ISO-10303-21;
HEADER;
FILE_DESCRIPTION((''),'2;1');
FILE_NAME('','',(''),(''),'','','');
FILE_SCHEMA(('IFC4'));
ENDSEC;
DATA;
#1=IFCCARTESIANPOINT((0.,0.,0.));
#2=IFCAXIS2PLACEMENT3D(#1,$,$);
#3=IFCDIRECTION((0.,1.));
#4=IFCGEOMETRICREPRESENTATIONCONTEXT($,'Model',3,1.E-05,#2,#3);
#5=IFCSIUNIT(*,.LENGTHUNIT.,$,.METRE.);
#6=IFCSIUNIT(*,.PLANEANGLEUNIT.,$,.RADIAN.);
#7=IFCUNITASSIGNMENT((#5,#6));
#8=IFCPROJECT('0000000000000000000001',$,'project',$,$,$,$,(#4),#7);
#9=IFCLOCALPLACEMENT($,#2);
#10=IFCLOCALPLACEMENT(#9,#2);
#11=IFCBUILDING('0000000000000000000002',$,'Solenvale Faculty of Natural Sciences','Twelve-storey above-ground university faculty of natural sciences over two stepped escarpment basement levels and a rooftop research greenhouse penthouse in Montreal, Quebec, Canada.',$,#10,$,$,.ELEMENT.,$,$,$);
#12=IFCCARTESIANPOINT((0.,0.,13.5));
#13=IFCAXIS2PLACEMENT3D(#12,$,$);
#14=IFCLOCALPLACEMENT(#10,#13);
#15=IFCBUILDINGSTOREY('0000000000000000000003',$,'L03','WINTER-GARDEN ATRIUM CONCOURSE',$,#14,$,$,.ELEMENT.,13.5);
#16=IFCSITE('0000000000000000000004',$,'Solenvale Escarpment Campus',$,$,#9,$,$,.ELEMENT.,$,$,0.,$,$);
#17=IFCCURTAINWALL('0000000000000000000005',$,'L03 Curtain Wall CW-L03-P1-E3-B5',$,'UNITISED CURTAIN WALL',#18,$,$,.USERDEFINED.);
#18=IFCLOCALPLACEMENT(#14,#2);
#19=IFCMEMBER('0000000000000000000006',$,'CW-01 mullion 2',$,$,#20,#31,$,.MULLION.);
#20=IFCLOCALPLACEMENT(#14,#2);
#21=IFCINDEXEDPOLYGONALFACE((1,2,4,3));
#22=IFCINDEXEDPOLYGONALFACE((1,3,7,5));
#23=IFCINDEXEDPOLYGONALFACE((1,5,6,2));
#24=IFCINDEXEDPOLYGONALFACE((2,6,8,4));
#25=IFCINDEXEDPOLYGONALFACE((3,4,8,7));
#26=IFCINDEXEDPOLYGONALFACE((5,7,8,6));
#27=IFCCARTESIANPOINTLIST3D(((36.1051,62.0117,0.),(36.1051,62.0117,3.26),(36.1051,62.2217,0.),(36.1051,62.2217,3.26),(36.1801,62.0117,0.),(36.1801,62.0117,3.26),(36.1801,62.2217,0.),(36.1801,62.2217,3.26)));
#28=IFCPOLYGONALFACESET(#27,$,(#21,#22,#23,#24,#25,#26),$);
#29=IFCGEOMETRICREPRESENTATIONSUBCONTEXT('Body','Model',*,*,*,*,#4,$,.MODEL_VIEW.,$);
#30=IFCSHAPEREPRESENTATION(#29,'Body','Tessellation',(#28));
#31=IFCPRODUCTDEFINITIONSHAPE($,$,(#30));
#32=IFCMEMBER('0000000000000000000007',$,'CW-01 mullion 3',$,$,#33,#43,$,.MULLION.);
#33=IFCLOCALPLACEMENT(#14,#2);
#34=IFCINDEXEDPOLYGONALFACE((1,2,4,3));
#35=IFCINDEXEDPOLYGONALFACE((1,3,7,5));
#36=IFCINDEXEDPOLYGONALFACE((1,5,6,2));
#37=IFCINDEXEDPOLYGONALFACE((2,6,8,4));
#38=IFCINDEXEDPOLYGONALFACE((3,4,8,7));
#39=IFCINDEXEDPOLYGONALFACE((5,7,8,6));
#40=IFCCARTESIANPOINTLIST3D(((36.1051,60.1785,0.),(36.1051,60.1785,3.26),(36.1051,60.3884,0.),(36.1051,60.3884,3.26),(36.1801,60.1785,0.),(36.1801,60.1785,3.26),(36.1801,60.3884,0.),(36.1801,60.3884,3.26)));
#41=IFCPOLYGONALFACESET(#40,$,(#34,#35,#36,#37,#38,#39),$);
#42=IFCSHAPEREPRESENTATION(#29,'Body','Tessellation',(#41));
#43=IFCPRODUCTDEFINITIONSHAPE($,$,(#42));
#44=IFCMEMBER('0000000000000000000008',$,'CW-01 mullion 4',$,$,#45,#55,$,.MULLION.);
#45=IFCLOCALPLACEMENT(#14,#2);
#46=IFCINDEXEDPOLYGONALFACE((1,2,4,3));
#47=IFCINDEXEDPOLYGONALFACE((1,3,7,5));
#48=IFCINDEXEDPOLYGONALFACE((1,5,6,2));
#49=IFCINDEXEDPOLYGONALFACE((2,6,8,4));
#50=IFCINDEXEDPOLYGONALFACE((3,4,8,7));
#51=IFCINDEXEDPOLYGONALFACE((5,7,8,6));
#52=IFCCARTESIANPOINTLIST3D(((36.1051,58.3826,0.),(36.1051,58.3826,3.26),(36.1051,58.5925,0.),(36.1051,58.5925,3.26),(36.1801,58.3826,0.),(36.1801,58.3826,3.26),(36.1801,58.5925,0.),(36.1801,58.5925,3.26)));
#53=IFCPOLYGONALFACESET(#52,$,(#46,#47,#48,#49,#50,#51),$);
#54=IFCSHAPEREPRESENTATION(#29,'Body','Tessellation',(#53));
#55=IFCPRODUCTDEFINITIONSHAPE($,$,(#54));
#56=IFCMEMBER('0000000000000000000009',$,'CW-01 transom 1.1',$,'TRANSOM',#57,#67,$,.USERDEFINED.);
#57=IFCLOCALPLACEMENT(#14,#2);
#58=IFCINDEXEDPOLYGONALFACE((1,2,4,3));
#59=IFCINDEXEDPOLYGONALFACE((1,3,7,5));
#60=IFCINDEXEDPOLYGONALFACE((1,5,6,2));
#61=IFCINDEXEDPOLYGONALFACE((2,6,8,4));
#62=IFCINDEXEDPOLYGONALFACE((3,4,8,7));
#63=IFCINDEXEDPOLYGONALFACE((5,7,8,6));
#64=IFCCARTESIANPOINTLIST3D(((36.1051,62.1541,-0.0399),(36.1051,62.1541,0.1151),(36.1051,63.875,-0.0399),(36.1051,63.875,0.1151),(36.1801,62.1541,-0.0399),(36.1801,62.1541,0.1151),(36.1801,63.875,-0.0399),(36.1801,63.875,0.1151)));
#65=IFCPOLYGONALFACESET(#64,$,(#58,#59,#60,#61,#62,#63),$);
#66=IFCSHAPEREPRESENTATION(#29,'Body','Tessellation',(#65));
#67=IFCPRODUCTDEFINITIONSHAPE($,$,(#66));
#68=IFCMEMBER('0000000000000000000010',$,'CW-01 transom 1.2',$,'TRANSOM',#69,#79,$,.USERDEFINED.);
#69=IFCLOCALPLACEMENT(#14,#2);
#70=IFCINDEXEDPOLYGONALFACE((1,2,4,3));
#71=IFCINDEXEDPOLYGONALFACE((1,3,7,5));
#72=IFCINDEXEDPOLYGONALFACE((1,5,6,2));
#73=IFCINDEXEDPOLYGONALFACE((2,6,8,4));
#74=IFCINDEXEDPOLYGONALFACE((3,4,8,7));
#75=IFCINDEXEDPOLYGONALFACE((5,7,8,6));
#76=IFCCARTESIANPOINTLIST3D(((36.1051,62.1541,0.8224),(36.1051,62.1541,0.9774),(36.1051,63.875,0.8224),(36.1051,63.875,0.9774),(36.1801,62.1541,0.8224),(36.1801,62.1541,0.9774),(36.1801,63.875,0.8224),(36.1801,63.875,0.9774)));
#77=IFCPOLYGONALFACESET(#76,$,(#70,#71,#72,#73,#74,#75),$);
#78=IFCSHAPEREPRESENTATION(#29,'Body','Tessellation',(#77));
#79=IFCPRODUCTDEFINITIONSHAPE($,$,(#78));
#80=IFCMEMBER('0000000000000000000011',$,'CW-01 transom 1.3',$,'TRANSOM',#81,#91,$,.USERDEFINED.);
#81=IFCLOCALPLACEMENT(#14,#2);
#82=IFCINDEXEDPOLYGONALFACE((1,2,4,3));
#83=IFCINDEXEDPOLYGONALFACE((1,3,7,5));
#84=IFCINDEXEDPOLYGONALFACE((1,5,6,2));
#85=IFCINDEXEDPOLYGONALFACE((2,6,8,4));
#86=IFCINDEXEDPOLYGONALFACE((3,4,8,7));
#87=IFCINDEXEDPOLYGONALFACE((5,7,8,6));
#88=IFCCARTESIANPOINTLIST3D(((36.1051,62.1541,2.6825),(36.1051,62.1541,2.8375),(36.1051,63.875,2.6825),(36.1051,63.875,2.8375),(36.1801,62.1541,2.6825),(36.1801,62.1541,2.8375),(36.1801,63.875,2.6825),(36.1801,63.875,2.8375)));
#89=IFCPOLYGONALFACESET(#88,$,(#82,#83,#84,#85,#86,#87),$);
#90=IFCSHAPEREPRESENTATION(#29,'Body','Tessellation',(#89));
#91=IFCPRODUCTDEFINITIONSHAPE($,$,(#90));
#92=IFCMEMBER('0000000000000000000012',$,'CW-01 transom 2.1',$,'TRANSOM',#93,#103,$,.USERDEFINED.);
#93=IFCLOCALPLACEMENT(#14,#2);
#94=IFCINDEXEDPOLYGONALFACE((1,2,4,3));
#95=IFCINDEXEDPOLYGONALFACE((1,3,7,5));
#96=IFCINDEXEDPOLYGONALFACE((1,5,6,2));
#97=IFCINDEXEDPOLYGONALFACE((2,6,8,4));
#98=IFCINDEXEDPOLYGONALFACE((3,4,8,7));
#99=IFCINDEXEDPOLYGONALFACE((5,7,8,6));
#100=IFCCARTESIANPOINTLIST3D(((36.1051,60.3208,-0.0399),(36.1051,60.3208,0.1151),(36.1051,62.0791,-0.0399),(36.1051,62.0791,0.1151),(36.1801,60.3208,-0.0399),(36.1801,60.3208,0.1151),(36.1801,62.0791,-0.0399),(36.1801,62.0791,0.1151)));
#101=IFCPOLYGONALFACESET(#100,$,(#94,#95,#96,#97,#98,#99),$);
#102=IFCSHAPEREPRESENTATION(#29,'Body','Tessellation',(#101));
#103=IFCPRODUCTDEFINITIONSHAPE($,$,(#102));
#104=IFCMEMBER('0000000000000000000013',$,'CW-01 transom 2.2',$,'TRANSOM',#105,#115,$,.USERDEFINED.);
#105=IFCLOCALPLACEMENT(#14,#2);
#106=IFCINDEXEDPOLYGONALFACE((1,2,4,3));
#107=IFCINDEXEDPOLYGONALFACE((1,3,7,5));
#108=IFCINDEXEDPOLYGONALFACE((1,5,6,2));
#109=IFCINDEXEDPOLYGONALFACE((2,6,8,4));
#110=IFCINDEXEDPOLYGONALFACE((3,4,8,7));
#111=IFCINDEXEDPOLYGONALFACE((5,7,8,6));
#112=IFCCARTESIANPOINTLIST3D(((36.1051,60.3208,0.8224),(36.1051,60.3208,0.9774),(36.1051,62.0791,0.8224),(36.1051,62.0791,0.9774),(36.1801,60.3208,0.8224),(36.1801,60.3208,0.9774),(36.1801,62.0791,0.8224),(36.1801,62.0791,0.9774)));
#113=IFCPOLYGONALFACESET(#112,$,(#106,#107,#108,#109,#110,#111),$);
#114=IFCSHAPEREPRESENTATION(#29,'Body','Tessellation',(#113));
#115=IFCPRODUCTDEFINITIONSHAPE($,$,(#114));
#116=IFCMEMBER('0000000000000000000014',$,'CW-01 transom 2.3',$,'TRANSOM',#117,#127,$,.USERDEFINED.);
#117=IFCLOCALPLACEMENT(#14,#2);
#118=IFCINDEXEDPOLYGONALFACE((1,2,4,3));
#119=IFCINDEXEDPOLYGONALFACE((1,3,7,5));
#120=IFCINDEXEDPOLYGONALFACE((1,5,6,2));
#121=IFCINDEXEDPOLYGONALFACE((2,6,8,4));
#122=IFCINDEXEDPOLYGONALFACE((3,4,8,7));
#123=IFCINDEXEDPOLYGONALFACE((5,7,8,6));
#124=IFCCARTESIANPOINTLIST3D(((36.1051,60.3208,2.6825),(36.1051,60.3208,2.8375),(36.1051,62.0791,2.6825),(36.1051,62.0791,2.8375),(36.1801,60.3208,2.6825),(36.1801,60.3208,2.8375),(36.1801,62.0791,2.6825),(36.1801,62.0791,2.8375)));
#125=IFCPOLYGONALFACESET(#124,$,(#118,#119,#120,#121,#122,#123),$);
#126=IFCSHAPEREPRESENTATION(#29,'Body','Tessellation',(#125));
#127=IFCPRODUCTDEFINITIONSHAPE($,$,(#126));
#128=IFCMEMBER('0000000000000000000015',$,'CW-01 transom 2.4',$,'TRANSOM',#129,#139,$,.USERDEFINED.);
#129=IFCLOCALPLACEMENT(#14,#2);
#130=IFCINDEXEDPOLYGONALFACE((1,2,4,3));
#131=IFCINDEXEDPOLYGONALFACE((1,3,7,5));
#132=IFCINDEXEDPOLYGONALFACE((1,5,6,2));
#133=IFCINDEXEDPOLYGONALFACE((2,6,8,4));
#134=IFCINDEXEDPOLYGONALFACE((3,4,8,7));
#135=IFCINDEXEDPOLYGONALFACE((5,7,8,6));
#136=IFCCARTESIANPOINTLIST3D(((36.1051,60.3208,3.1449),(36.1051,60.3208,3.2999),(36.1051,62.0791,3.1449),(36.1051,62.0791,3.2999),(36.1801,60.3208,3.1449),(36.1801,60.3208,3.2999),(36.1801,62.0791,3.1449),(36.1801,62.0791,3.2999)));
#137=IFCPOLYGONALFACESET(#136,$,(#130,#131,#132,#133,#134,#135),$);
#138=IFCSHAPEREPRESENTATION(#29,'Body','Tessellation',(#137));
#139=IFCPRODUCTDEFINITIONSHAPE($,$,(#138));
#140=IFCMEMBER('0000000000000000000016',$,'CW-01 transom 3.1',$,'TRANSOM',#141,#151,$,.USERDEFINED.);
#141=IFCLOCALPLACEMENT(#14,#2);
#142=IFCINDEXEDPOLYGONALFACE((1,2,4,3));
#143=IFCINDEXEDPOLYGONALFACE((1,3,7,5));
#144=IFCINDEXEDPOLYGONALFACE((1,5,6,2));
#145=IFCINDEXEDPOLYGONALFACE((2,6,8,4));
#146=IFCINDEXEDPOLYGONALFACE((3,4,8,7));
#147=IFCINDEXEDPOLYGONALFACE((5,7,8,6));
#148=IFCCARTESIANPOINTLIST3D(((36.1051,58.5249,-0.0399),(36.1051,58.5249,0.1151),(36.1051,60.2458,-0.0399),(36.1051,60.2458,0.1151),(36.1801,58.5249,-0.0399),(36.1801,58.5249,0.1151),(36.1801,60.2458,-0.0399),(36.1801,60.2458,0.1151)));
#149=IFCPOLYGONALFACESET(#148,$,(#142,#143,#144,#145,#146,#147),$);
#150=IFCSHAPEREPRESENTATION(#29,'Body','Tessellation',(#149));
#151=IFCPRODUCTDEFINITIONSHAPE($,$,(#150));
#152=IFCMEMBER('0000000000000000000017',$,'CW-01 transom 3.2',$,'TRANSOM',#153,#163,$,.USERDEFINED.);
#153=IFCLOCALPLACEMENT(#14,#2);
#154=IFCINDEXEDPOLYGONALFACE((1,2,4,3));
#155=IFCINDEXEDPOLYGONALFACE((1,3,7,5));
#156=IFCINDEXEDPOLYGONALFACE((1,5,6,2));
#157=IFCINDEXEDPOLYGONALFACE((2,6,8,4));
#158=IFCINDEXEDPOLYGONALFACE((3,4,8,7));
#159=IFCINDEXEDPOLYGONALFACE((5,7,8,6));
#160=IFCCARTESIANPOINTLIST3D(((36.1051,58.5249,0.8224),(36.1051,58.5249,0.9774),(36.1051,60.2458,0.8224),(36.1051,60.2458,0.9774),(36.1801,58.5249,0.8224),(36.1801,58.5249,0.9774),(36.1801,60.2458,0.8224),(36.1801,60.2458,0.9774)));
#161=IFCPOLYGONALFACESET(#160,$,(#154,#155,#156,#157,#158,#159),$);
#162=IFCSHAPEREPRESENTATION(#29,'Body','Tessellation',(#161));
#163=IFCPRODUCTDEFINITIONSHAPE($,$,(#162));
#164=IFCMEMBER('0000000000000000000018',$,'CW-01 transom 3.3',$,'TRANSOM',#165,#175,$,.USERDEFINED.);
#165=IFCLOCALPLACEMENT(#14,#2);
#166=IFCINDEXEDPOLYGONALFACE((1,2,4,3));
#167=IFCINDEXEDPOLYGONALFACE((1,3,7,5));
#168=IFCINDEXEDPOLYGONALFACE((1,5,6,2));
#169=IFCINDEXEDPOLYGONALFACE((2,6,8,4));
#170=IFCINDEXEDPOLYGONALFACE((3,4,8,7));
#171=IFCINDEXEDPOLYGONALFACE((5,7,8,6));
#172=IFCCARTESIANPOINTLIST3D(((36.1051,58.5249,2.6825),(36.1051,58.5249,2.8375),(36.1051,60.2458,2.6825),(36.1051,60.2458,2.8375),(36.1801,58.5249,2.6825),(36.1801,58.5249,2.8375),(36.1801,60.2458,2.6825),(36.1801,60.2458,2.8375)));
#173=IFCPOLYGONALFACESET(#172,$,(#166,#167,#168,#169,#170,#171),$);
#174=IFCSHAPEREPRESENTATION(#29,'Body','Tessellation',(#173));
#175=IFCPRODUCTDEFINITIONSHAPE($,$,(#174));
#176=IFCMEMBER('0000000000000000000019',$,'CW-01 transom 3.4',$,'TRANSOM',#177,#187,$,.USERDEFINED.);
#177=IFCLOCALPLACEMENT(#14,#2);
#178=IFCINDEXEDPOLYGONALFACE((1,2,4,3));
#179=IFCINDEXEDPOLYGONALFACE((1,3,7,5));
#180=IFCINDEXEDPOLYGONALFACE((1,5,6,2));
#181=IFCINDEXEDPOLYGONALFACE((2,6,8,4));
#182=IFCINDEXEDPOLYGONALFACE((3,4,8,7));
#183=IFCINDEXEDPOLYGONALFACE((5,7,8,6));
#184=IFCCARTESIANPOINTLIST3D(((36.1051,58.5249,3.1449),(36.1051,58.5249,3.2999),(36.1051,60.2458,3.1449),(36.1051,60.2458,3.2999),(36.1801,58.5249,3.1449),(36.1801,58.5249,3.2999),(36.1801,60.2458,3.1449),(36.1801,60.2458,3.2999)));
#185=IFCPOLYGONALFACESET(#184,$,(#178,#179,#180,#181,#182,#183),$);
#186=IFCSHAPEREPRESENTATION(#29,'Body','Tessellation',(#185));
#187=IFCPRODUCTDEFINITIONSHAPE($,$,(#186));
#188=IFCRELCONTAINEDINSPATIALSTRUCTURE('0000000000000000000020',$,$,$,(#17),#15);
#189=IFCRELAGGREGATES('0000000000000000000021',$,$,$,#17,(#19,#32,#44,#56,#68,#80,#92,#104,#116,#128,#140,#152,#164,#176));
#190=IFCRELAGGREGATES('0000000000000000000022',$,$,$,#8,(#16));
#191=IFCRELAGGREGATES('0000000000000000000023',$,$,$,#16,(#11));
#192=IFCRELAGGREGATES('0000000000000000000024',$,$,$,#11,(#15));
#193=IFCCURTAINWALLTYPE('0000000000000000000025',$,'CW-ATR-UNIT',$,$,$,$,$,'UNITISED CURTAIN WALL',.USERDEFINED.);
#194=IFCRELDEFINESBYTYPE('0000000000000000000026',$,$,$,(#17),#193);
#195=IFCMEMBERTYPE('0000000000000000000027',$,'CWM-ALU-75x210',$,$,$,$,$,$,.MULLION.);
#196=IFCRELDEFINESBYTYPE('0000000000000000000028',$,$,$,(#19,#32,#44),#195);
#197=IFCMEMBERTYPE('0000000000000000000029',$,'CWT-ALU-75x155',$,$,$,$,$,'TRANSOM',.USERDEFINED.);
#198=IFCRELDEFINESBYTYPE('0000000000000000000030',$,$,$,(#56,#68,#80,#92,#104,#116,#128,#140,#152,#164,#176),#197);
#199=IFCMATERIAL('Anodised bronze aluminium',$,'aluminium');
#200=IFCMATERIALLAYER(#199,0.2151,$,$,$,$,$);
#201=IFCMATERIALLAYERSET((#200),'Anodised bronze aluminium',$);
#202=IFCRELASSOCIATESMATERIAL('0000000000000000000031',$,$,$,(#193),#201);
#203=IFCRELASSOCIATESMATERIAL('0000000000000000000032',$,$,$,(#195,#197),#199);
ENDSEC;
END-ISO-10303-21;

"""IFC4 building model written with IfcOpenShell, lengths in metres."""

from ifc_helpers import new_model, si_unit, direction, frame, origin, origin_2d, place, context, subcontext, project, spatial, rectangle, extrude, material, layer, layer_set, material_profile, profile_set, type_object, element, aggregate, save


model = new_model("IFC4")

# Units and contexts
model_context = context("Model", 3, precision=1e-05, world=origin(), true_north=direction((0.0, 1.0)))
body_context = subcontext(model_context, "Body", "Model", "MODEL_VIEW")
ifc_project = project(units=[si_unit("LENGTHUNIT", "METRE"), si_unit("PLANEANGLEUNIT", "RADIAN")], contexts=[model_context])

# Site, building, storey
site_placement = place(None, origin())
site = spatial("IfcSite", under=ifc_project, at=site_placement, Name="Solenvale Escarpment Campus", CompositionType="ELEMENT", RefElevation=0.0)
building_placement = place(site_placement, origin())
building = spatial("IfcBuilding", under=site, at=building_placement, Name="Solenvale Faculty of Natural Sciences", Description="Twelve-storey above-ground university faculty of natural sciences over two stepped escarpment basement levels and a rooftop research greenhouse penthouse in Montreal, Quebec, Canada.", CompositionType="ELEMENT")
storey_placement = place(building_placement, frame((0.0, 0.0, 13.5)))
storey = spatial("IfcBuildingStorey", under=building, at=storey_placement, Name="L03", Description="WINTER-GARDEN ATRIUM CONCOURSE", CompositionType="ELEMENT", Elevation=13.5)

# Curtain wall, members
ifc_material_1 = material(Name="Anodised bronze aluminium", Category="aluminium")
ifc_layer_1 = layer(ifc_material_1, 0.2151)
ifc_layer_set_1 = layer_set([ifc_layer_1], Name="Anodised bronze aluminium")
curtain_wall_type = type_object("IfcCurtainWallType", Name="CW-ATR-UNIT", ElementType="UNITISED CURTAIN WALL", PredefinedType="USERDEFINED", material=ifc_layer_set_1)
curtain_wall_placement = place(storey_placement, origin())
curtain_wall = element("IfcCurtainWall", 1, at=curtain_wall_placement, inside=storey, type_object=curtain_wall_type, Name="L03 Curtain Wall CW-L03-P1-E3-B5", ObjectType="UNITISED CURTAIN WALL", PredefinedType="USERDEFINED")
ifc_material_profile_1 = material_profile(ifc_material_1, rectangle(XDim=0.075, YDim=0.21, at=origin_2d()), Name="ALU-MUL-75x210")
ifc_profile_set_1 = profile_set([ifc_material_profile_1], Name="Anodised bronze aluminium")
member_type_1 = type_object("IfcMemberType", Name="CWM-ALU-75x210", PredefinedType="MULLION", material=ifc_profile_set_1)
member_1_placement = place(storey_placement, frame((36.1426, 62.1167, 0.0), z_axis=(0.0, 0.0, 1.0), x_axis=(1.0, 0.0, 0.0)))
member_1 = element("IfcMember", 2, at=member_1_placement, type_object=member_type_1, Name="CW-01 mullion 2", PredefinedType="MULLION", context=body_context, shape_type="SweptSolid", body=[
    extrude(rectangle(XDim=0.075, YDim=0.21, at=origin_2d()), origin(), (0.0, 0.0, 1.0), 3.26),
])
member_2_placement = place(storey_placement, frame((36.1426, 60.2834, 0.0), z_axis=(0.0, 0.0, 1.0), x_axis=(1.0, 0.0, 0.0)))
member_2 = element("IfcMember", 3, at=member_2_placement, type_object=member_type_1, Name="CW-01 mullion 3", PredefinedType="MULLION", context=body_context, shape_type="SweptSolid", body=[
    extrude(rectangle(XDim=0.075, YDim=0.21, at=origin_2d()), origin(), (0.0, 0.0, 1.0), 3.26),
])
member_3_placement = place(storey_placement, frame((36.1426, 58.4875, 0.0), z_axis=(0.0, 0.0, 1.0), x_axis=(1.0, 0.0, 0.0)))
member_3 = element("IfcMember", 4, at=member_3_placement, type_object=member_type_1, Name="CW-01 mullion 4", PredefinedType="MULLION", context=body_context, shape_type="SweptSolid", body=[
    extrude(rectangle(XDim=0.075, YDim=0.21, at=origin_2d()), origin(), (0.0, 0.0, 1.0), 3.26),
])
ifc_material_profile_2 = material_profile(ifc_material_1, rectangle(XDim=0.075, YDim=0.155, at=origin_2d()), Name="ALU-TRN-75x155")
ifc_profile_set_2 = profile_set([ifc_material_profile_2], Name="Anodised bronze aluminium")
member_type_2 = type_object("IfcMemberType", Name="CWT-ALU-75x155", ElementType="TRANSOM", PredefinedType="USERDEFINED", material=ifc_profile_set_2)
member_4_placement = place(storey_placement, frame((36.1426, 63.875, 0.0376), z_axis=(0.0, -1.0, 0.0), x_axis=(1.0, 0.0, 0.0)))
member_4 = element("IfcMember", 5, at=member_4_placement, type_object=member_type_2, Name="CW-01 transom 1.1", ObjectType="TRANSOM", PredefinedType="USERDEFINED", context=body_context, shape_type="SweptSolid", body=[
    extrude(rectangle(XDim=0.075, YDim=0.155, at=origin_2d()), origin(), (0.0, 0.0, 1.0), 1.7209),
])
member_5_placement = place(storey_placement, frame((36.1426, 63.875, 0.8999), z_axis=(0.0, -1.0, 0.0), x_axis=(1.0, 0.0, 0.0)))
member_5 = element("IfcMember", 6, at=member_5_placement, type_object=member_type_2, Name="CW-01 transom 1.2", ObjectType="TRANSOM", PredefinedType="USERDEFINED", context=body_context, shape_type="SweptSolid", body=[
    extrude(rectangle(XDim=0.075, YDim=0.155, at=origin_2d()), origin(), (0.0, 0.0, 1.0), 1.7209),
])
member_6_placement = place(storey_placement, frame((36.1426, 63.875, 2.76), z_axis=(0.0, -1.0, 0.0), x_axis=(1.0, 0.0, 0.0)))
member_6 = element("IfcMember", 7, at=member_6_placement, type_object=member_type_2, Name="CW-01 transom 1.3", ObjectType="TRANSOM", PredefinedType="USERDEFINED", context=body_context, shape_type="SweptSolid", body=[
    extrude(rectangle(XDim=0.075, YDim=0.155, at=origin_2d()), origin(), (0.0, 0.0, 1.0), 1.7209),
])
member_7_placement = place(storey_placement, frame((36.1426, 62.0791, 0.0376), z_axis=(0.0, -1.0, 0.0), x_axis=(1.0, 0.0, 0.0)))
member_7 = element("IfcMember", 8, at=member_7_placement, type_object=member_type_2, Name="CW-01 transom 2.1", ObjectType="TRANSOM", PredefinedType="USERDEFINED", context=body_context, shape_type="SweptSolid", body=[
    extrude(rectangle(XDim=0.075, YDim=0.155, at=origin_2d()), origin(), (0.0, 0.0, 1.0), 1.7583),
])
member_8_placement = place(storey_placement, frame((36.1426, 62.0791, 0.8999), z_axis=(0.0, -1.0, 0.0), x_axis=(1.0, 0.0, 0.0)))
member_8 = element("IfcMember", 9, at=member_8_placement, type_object=member_type_2, Name="CW-01 transom 2.2", ObjectType="TRANSOM", PredefinedType="USERDEFINED", context=body_context, shape_type="SweptSolid", body=[
    extrude(rectangle(XDim=0.075, YDim=0.155, at=origin_2d()), origin(), (0.0, 0.0, 1.0), 1.7583),
])
member_9_placement = place(storey_placement, frame((36.1426, 62.0791, 2.76), z_axis=(0.0, -1.0, 0.0), x_axis=(1.0, 0.0, 0.0)))
member_9 = element("IfcMember", 10, at=member_9_placement, type_object=member_type_2, Name="CW-01 transom 2.3", ObjectType="TRANSOM", PredefinedType="USERDEFINED", context=body_context, shape_type="SweptSolid", body=[
    extrude(rectangle(XDim=0.075, YDim=0.155, at=origin_2d()), origin(), (0.0, 0.0, 1.0), 1.7583),
])
member_10_placement = place(storey_placement, frame((36.1426, 62.0791, 3.2224), z_axis=(0.0, -1.0, 0.0), x_axis=(1.0, 0.0, 0.0)))
member_10 = element("IfcMember", 11, at=member_10_placement, type_object=member_type_2, Name="CW-01 transom 2.4", ObjectType="TRANSOM", PredefinedType="USERDEFINED", context=body_context, shape_type="SweptSolid", body=[
    extrude(rectangle(XDim=0.075, YDim=0.155, at=origin_2d()), origin(), (0.0, 0.0, 1.0), 1.7583),
])
member_11_placement = place(storey_placement, frame((36.1426, 60.2458, 0.0376), z_axis=(0.0, -1.0, 0.0), x_axis=(1.0, 0.0, 0.0)))
member_11 = element("IfcMember", 12, at=member_11_placement, type_object=member_type_2, Name="CW-01 transom 3.1", ObjectType="TRANSOM", PredefinedType="USERDEFINED", context=body_context, shape_type="SweptSolid", body=[
    extrude(rectangle(XDim=0.075, YDim=0.155, at=origin_2d()), origin(), (0.0, 0.0, 1.0), 1.7209),
])
member_12_placement = place(storey_placement, frame((36.1426, 60.2458, 0.8999), z_axis=(0.0, -1.0, 0.0), x_axis=(1.0, 0.0, 0.0)))
member_12 = element("IfcMember", 13, at=member_12_placement, type_object=member_type_2, Name="CW-01 transom 3.2", ObjectType="TRANSOM", PredefinedType="USERDEFINED", context=body_context, shape_type="SweptSolid", body=[
    extrude(rectangle(XDim=0.075, YDim=0.155, at=origin_2d()), origin(), (0.0, 0.0, 1.0), 1.7209),
])
member_13_placement = place(storey_placement, frame((36.1426, 60.2458, 2.76), z_axis=(0.0, -1.0, 0.0), x_axis=(1.0, 0.0, 0.0)))
member_13 = element("IfcMember", 14, at=member_13_placement, type_object=member_type_2, Name="CW-01 transom 3.3", ObjectType="TRANSOM", PredefinedType="USERDEFINED", context=body_context, shape_type="SweptSolid", body=[
    extrude(rectangle(XDim=0.075, YDim=0.155, at=origin_2d()), origin(), (0.0, 0.0, 1.0), 1.7209),
])
member_14_placement = place(storey_placement, frame((36.1426, 60.2458, 3.2224), z_axis=(0.0, -1.0, 0.0), x_axis=(1.0, 0.0, 0.0)))
member_14 = element("IfcMember", 15, at=member_14_placement, type_object=member_type_2, Name="CW-01 transom 3.4", ObjectType="TRANSOM", PredefinedType="USERDEFINED", context=body_context, shape_type="SweptSolid", body=[
    extrude(rectangle(XDim=0.075, YDim=0.155, at=origin_2d()), origin(), (0.0, 0.0, 1.0), 1.7209),
])
aggregate(curtain_wall, [member_1, member_2, member_3, member_4, member_5, member_6, member_7, member_8, member_9, member_10, member_11, member_12, member_13, member_14])

save(model, "model.ifc")
